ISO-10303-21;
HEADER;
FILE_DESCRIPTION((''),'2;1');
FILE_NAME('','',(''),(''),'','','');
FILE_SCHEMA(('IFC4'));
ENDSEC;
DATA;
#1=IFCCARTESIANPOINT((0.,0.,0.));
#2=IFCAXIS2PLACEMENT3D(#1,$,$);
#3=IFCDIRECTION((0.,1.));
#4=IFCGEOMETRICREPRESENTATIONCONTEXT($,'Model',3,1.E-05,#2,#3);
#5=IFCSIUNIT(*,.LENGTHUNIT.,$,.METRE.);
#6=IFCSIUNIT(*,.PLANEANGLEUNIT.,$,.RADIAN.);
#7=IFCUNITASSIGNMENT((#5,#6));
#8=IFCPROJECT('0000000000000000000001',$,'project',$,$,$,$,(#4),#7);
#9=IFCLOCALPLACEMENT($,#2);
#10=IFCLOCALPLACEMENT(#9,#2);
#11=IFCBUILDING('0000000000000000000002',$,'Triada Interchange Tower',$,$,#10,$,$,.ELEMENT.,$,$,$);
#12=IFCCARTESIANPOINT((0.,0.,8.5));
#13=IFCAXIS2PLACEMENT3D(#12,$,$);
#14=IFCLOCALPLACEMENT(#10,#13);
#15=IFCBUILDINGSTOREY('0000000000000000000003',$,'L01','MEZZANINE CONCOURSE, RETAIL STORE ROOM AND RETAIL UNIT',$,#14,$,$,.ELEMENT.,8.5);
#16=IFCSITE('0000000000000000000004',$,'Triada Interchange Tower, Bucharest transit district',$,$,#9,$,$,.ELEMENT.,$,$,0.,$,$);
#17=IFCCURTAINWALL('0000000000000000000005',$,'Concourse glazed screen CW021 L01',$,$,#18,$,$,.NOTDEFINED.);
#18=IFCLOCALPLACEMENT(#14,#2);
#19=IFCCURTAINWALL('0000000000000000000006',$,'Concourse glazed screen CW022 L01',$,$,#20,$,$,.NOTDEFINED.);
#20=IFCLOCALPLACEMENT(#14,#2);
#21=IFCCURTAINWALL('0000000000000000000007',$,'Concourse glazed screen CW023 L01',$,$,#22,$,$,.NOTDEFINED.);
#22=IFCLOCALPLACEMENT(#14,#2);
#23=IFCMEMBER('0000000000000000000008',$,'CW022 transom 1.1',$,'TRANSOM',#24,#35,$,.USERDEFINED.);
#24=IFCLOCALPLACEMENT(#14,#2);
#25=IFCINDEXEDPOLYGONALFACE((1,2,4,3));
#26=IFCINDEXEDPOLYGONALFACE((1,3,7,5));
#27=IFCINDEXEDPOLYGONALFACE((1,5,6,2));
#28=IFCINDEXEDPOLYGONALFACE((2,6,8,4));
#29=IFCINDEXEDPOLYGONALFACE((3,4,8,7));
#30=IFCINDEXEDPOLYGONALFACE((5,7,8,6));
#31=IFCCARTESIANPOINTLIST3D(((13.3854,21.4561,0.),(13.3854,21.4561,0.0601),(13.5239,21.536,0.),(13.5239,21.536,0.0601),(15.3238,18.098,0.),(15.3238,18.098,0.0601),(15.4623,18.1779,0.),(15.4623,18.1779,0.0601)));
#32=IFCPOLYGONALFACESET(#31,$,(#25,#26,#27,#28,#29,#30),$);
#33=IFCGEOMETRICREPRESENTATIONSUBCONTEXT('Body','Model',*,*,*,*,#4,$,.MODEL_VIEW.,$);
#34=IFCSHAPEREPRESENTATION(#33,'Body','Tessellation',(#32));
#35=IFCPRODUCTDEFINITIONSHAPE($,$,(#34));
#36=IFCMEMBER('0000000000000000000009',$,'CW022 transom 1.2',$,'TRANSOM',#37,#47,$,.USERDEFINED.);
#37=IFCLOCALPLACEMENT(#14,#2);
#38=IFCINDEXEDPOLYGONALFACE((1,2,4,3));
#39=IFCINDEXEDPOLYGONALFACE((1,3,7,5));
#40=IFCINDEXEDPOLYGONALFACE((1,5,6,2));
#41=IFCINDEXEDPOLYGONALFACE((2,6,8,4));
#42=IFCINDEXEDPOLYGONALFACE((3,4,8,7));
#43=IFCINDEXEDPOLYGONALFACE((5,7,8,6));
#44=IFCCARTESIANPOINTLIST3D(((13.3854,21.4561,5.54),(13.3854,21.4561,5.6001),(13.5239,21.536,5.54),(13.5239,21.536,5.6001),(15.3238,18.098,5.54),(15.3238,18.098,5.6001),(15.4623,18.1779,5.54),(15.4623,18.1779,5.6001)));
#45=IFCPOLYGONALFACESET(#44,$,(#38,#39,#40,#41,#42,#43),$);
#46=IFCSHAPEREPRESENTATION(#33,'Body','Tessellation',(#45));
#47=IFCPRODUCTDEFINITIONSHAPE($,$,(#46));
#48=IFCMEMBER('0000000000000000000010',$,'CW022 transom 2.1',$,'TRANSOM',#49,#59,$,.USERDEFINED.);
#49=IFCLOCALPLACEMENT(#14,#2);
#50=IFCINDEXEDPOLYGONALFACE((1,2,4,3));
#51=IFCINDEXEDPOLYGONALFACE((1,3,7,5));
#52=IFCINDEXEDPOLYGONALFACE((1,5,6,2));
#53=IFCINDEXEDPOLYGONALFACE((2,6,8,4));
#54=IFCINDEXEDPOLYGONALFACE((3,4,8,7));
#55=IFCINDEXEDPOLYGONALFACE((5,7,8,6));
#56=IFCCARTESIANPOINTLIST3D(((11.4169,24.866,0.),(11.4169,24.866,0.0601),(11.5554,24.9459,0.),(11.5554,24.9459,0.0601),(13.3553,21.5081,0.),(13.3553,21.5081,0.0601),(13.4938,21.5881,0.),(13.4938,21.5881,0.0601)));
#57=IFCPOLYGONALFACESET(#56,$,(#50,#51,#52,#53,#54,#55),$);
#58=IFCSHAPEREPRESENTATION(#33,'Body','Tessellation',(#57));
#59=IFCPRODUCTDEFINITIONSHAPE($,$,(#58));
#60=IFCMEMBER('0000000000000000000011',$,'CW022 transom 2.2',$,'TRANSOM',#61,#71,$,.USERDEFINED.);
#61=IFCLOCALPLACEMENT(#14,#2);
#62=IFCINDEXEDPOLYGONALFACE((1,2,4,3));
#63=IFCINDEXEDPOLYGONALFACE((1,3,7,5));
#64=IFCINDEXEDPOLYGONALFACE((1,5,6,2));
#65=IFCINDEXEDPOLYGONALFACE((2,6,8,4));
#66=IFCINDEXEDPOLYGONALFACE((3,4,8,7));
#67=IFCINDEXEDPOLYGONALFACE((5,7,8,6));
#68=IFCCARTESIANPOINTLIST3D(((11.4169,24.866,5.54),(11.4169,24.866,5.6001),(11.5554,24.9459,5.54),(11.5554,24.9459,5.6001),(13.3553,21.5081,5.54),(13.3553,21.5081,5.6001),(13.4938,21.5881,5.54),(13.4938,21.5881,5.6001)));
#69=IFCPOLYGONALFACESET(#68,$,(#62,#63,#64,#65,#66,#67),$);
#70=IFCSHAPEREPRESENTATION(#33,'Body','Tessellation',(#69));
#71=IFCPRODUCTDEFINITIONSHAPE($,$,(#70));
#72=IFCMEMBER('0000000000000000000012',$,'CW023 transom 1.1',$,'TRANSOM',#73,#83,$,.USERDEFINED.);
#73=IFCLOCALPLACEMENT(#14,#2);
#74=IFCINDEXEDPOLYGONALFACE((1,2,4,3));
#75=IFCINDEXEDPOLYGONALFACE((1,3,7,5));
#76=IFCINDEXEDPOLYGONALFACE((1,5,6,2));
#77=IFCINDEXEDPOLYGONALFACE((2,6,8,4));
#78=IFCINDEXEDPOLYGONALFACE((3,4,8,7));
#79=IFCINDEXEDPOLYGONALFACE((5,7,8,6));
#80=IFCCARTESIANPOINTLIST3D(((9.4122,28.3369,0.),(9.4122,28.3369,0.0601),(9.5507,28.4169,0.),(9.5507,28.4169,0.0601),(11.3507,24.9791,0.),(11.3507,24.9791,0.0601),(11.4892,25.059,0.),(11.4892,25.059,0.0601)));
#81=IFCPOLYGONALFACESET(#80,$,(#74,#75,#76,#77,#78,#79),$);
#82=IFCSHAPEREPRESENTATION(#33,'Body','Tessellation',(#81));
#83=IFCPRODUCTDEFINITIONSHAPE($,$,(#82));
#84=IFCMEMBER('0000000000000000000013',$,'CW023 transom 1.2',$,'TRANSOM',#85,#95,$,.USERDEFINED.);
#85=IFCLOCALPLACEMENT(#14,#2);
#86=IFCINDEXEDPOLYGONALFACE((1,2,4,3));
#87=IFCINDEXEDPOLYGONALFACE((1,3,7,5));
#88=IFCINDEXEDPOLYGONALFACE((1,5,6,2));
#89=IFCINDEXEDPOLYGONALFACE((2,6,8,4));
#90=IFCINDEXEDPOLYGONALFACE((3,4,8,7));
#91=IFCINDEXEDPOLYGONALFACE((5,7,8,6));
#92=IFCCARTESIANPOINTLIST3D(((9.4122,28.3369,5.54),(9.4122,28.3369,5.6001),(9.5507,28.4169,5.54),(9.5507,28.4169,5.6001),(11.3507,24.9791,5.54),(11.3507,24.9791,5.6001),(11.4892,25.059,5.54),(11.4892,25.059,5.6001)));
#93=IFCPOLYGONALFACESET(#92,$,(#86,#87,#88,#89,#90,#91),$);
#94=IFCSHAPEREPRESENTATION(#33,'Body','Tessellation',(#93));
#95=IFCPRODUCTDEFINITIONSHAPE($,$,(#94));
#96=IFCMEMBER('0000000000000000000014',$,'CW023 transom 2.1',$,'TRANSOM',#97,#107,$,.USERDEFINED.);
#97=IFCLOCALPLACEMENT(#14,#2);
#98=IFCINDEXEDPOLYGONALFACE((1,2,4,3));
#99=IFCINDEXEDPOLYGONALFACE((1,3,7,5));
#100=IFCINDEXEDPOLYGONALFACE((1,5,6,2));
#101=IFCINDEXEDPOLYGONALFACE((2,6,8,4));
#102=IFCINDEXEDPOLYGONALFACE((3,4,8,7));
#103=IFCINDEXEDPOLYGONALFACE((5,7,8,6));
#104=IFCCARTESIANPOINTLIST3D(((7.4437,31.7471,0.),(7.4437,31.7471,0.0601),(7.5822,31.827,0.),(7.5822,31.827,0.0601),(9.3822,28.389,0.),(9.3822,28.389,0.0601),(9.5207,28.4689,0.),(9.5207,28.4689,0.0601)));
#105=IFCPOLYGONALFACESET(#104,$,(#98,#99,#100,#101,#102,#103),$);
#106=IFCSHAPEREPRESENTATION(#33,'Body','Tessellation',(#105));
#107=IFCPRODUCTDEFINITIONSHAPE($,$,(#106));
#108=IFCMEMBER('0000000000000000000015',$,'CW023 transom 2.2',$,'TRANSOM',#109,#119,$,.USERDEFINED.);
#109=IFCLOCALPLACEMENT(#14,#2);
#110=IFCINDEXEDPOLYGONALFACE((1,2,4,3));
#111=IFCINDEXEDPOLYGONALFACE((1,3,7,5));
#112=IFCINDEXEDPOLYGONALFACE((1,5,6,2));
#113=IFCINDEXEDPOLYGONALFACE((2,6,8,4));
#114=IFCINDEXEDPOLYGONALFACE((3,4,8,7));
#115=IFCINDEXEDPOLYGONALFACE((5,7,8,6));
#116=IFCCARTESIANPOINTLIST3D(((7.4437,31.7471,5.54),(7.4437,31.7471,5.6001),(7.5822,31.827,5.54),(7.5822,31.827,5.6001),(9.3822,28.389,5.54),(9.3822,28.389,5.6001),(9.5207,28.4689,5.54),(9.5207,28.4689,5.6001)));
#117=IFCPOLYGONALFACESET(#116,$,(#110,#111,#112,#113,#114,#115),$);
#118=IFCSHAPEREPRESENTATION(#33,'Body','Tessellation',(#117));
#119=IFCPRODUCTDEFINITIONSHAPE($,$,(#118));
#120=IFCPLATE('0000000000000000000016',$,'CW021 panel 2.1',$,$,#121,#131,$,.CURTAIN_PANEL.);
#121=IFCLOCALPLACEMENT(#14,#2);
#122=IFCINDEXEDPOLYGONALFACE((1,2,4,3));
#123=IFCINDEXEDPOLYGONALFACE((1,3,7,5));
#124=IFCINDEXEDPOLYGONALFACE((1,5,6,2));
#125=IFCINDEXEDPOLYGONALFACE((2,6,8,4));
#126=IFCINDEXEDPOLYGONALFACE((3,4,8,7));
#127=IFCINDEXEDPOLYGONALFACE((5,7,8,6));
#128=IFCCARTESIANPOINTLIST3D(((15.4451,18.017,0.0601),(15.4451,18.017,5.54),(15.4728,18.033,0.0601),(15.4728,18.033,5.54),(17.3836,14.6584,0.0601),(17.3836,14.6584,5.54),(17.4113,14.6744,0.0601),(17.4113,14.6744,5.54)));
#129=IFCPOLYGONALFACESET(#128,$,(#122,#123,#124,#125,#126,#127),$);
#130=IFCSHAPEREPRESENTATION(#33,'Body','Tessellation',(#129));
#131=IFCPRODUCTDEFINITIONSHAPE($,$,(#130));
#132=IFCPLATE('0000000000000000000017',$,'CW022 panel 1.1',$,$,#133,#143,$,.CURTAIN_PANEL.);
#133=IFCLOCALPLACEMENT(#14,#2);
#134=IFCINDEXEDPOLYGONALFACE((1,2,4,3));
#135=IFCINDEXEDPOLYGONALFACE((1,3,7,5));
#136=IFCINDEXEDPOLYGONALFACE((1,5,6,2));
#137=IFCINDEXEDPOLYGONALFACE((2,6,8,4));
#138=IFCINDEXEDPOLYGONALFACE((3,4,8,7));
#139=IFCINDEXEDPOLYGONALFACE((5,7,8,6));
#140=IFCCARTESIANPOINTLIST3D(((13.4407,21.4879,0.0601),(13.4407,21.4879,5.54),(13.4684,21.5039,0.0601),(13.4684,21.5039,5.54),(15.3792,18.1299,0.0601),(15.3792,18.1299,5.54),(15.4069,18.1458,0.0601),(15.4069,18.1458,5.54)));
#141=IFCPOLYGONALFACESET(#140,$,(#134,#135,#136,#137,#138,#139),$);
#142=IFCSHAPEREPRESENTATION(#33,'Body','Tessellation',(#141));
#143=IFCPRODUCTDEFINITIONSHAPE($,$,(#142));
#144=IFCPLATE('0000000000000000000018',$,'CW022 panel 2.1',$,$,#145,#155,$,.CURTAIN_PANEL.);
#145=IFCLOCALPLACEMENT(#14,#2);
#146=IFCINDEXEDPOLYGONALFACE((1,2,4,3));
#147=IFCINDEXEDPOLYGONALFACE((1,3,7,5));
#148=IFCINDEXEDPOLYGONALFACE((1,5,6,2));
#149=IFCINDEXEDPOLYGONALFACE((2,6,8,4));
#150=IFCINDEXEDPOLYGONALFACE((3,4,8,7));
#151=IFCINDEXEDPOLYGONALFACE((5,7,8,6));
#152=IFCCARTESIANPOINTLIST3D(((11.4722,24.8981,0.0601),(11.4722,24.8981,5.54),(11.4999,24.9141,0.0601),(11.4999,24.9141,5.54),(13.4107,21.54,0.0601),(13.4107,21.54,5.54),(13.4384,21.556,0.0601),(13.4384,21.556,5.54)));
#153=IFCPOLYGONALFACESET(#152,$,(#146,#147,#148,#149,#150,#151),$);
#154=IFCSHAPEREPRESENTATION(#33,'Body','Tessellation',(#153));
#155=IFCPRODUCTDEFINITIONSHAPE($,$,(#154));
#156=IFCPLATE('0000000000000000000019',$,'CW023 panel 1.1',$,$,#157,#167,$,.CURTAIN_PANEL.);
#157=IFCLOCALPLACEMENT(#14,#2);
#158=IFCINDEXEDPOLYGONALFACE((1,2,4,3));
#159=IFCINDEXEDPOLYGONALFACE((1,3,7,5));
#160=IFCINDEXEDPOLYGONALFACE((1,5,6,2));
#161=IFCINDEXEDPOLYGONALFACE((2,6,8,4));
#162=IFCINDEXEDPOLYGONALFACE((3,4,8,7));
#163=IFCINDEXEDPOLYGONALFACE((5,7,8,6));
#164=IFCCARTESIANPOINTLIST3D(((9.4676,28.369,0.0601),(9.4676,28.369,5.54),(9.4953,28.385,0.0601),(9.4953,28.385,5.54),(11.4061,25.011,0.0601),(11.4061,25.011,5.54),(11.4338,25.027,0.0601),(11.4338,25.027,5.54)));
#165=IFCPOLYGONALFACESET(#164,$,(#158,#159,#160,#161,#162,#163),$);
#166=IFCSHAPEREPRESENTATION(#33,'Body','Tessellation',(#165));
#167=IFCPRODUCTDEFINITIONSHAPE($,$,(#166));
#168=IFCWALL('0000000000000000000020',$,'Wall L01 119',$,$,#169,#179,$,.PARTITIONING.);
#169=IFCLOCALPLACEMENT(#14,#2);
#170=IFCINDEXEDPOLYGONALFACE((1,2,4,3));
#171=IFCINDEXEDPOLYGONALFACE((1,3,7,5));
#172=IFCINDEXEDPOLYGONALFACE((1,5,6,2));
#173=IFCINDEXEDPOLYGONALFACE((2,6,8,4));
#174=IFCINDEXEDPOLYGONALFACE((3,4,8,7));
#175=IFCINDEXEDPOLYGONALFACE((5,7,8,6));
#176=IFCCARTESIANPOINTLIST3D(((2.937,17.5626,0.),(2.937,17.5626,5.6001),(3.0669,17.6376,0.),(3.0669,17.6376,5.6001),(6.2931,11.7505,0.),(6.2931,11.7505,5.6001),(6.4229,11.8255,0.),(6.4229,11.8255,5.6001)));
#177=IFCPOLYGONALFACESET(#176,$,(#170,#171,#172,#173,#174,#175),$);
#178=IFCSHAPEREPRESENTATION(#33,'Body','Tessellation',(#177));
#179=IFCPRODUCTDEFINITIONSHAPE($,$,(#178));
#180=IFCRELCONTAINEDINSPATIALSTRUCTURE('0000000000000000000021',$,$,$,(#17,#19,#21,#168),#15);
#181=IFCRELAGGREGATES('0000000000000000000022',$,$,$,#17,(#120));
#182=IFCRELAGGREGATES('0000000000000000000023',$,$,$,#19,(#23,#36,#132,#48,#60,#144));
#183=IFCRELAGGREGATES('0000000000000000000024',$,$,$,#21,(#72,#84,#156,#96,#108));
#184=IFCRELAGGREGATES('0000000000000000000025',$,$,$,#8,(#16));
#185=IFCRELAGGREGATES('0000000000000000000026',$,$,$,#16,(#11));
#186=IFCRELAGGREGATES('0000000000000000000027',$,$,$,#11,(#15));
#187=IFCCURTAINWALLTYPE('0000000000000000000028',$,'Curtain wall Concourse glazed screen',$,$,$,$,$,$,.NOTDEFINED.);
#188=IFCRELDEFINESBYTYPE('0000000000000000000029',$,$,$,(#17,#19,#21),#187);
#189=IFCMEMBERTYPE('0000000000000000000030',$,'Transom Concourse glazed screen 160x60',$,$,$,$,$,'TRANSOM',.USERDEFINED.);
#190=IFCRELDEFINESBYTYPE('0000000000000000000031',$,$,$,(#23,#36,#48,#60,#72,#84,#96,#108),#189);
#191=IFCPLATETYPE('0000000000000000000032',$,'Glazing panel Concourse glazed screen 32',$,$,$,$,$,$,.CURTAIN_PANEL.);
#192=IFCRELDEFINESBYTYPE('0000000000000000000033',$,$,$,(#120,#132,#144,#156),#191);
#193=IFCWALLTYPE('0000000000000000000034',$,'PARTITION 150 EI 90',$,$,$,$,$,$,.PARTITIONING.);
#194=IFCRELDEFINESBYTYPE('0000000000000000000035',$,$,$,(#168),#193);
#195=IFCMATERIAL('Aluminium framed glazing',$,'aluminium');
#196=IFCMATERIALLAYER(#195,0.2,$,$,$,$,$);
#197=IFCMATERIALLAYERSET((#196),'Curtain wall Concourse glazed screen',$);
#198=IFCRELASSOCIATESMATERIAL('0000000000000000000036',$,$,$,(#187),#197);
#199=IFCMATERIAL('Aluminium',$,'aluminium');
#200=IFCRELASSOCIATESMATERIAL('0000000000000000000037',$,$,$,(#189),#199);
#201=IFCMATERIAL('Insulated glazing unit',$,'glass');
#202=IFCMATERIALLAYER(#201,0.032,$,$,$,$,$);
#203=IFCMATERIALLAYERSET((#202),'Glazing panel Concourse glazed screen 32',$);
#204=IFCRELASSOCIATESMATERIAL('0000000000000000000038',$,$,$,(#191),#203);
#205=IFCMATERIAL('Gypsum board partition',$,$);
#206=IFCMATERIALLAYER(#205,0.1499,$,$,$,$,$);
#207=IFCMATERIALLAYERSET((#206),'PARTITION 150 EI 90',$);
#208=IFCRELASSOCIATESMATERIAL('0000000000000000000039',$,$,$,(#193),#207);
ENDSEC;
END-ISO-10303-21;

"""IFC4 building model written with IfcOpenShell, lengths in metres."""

from ifc_helpers import new_model, si_unit, direction, frame, frame_2d, origin, origin_2d, place, context, subcontext, project, spatial, rectangle, extrude, material, layer, layer_set, material_profile, profile_set, type_object, element, aggregate, save


model = new_model("IFC4")

# Units and contexts
model_context = context("Model", 3, precision=1e-05, world=origin(), true_north=direction((0.0, 1.0)))
body_context = subcontext(model_context, "Body", "Model", "MODEL_VIEW")
ifc_project = project(units=[si_unit("LENGTHUNIT", "METRE"), si_unit("PLANEANGLEUNIT", "RADIAN")], contexts=[model_context])

# Site, building, storey
site_placement = place(None, origin())
site = spatial("IfcSite", under=ifc_project, at=site_placement, Name="Triada Interchange Tower, Bucharest transit district", CompositionType="ELEMENT", RefElevation=0.0)
building_placement = place(site_placement, origin())
building = spatial("IfcBuilding", under=site, at=building_placement, Name="Triada Interchange Tower", CompositionType="ELEMENT")
storey_placement = place(building_placement, frame((0.0, 0.0, 8.5)))
storey = spatial("IfcBuildingStorey", under=building, at=storey_placement, Name="L01", Description="MEZZANINE CONCOURSE, RETAIL STORE ROOM AND RETAIL UNIT", CompositionType="ELEMENT", Elevation=8.5)

# Curtain wall
ifc_material_1 = material(Name="Aluminium framed glazing", Category="aluminium")
ifc_layer_1 = layer(ifc_material_1, 0.2)
ifc_layer_set_1 = layer_set([ifc_layer_1], Name="Curtain wall Concourse glazed screen")
curtain_wall_type = type_object("IfcCurtainWallType", Name="Curtain wall Concourse glazed screen", PredefinedType="NOTDEFINED", material=ifc_layer_set_1)
curtain_wall_1_placement = place(storey_placement, origin())
curtain_wall_1 = element("IfcCurtainWall", 1, at=curtain_wall_1_placement, inside=storey, type_object=curtain_wall_type, Name="Concourse glazed screen CW021 L01", PredefinedType="NOTDEFINED")
ifc_material_2 = material(Name="Aluminium", Category="aluminium")

# Curtain walls
curtain_wall_2_placement = place(storey_placement, origin())
curtain_wall_2 = element("IfcCurtainWall", 2, at=curtain_wall_2_placement, inside=storey, type_object=curtain_wall_type, Name="Concourse glazed screen CW022 L01", PredefinedType="NOTDEFINED")
curtain_wall_3_placement = place(storey_placement, origin())
curtain_wall_3 = element("IfcCurtainWall", 3, at=curtain_wall_3_placement, inside=storey, type_object=curtain_wall_type, Name="Concourse glazed screen CW023 L01", PredefinedType="NOTDEFINED")

# Members
ifc_material_profile_1 = material_profile(ifc_material_2, rectangle(XDim=0.1599, YDim=0.0601, at=origin_2d()), Name="Aluminium transom")
ifc_profile_set_1 = profile_set([ifc_material_profile_1], Name="Aluminium")
member_type_1 = type_object("IfcMemberType", Name="Transom Concourse glazed screen 160x60", ElementType="TRANSOM", PredefinedType="USERDEFINED", material=ifc_profile_set_1)
member_1_placement = place(storey_placement, frame((15.3931, 18.1379, 0.03), z_axis=(-0.499931, 0.866065, 0.0), x_axis=(-0.866065, -0.499931, 0.0)))
member_1 = element("IfcMember", 4, at=member_1_placement, type_object=member_type_1, Name="CW022 transom 1.1", ObjectType="TRANSOM", PredefinedType="USERDEFINED", context=body_context, shape_type="SweptSolid", body=[
    extrude(rectangle(XDim=0.1599, YDim=0.0601, at=origin_2d()), origin(), (0.0, 0.0, 1.0), 3.8774),
])
member_2_placement = place(storey_placement, frame((15.3931, 18.1379, 5.5701), z_axis=(-0.499931, 0.866065, 0.0), x_axis=(-0.866065, -0.499931, 0.0)))
member_2 = element("IfcMember", 5, at=member_2_placement, type_object=member_type_1, Name="CW022 transom 1.2", ObjectType="TRANSOM", PredefinedType="USERDEFINED", context=body_context, shape_type="SweptSolid", body=[
    extrude(rectangle(XDim=0.1599, YDim=0.0601, at=origin_2d()), origin(), (0.0, 0.0, 1.0), 3.8774),
])
member_3_placement = place(storey_placement, frame((13.4246, 21.5481, 0.03), z_axis=(-0.499959, 0.866049, 0.0), x_axis=(-0.866049, -0.499959, 0.0)))
member_3 = element("IfcMember", 6, at=member_3_placement, type_object=member_type_1, Name="CW022 transom 2.1", ObjectType="TRANSOM", PredefinedType="USERDEFINED", context=body_context, shape_type="SweptSolid", body=[
    extrude(rectangle(XDim=0.1599, YDim=0.0601, at=origin_2d()), origin(), (0.0, 0.0, 1.0), 3.8772),
])
member_4_placement = place(storey_placement, frame((13.4246, 21.5481, 5.5701), z_axis=(-0.499959, 0.866049, 0.0), x_axis=(-0.866049, -0.499959, 0.0)))
member_4 = element("IfcMember", 7, at=member_4_placement, type_object=member_type_1, Name="CW022 transom 2.2", ObjectType="TRANSOM", PredefinedType="USERDEFINED", context=body_context, shape_type="SweptSolid", body=[
    extrude(rectangle(XDim=0.1599, YDim=0.0601, at=origin_2d()), origin(), (0.0, 0.0, 1.0), 3.8772),
])
member_5_placement = place(storey_placement, frame((11.4199, 25.019, 0.03), z_axis=(-0.499959, 0.866049, 0.0), x_axis=(-0.866049, -0.499959, 0.0)))
member_5 = element("IfcMember", 8, at=member_5_placement, type_object=member_type_1, Name="CW023 transom 1.1", ObjectType="TRANSOM", PredefinedType="USERDEFINED", context=body_context, shape_type="SweptSolid", body=[
    extrude(rectangle(XDim=0.1599, YDim=0.0601, at=origin_2d()), origin(), (0.0, 0.0, 1.0), 3.8772),
])
member_6_placement = place(storey_placement, frame((11.4199, 25.019, 5.5701), z_axis=(-0.499959, 0.866049, 0.0), x_axis=(-0.866049, -0.499959, 0.0)))
member_6 = element("IfcMember", 9, at=member_6_placement, type_object=member_type_1, Name="CW023 transom 1.2", ObjectType="TRANSOM", PredefinedType="USERDEFINED", context=body_context, shape_type="SweptSolid", body=[
    extrude(rectangle(XDim=0.1599, YDim=0.0601, at=origin_2d()), origin(), (0.0, 0.0, 1.0), 3.8772),
])
member_7_placement = place(storey_placement, frame((9.4514, 28.429, 0.03), z_axis=(-0.499931, 0.866065, 0.0), x_axis=(-0.866065, -0.499931, 0.0)))
member_7 = element("IfcMember", 10, at=member_7_placement, type_object=member_type_1, Name="CW023 transom 2.1", ObjectType="TRANSOM", PredefinedType="USERDEFINED", context=body_context, shape_type="SweptSolid", body=[
    extrude(rectangle(XDim=0.1599, YDim=0.0601, at=origin_2d()), origin(), (0.0, 0.0, 1.0), 3.8774),
])
member_8_placement = place(storey_placement, frame((9.4514, 28.429, 5.5701), z_axis=(-0.499931, 0.866065, 0.0), x_axis=(-0.866065, -0.499931, 0.0)))
member_8 = element("IfcMember", 11, at=member_8_placement, type_object=member_type_1, Name="CW023 transom 2.2", ObjectType="TRANSOM", PredefinedType="USERDEFINED", context=body_context, shape_type="SweptSolid", body=[
    extrude(rectangle(XDim=0.1599, YDim=0.0601, at=origin_2d()), origin(), (0.0, 0.0, 1.0), 3.8774),
])

# Plates
ifc_material_3 = material(Name="Insulated glazing unit", Category="glass")
ifc_layer_2 = layer(ifc_material_3, 0.032)
ifc_layer_set_2 = layer_set([ifc_layer_2], Name="Glazing panel Concourse glazed screen 32")
plate_type = type_object("IfcPlateType", Name="Glazing panel Concourse glazed screen 32", PredefinedType="CURTAIN_PANEL", material=ifc_layer_set_2)
plate_1_placement = place(storey_placement, frame((16.4282, 16.3457, 0.0601), z_axis=(0.0, 0.0, 1.0), x_axis=(-0.499893, 0.866087, 0.0)))
plate_1 = element("IfcPlate", 12, at=plate_1_placement, type_object=plate_type, Name="CW021 panel 2.1", PredefinedType="CURTAIN_PANEL", context=body_context, shape_type="SweptSolid", body=[
    extrude(rectangle(XDim=3.8779, YDim=0.032, at=origin_2d()), origin(), (0.0, 0.0, 1.0), 5.48),
])
aggregate(curtain_wall_1, [plate_1])
plate_2_placement = place(storey_placement, frame((14.4238, 19.8169, 0.0601), z_axis=(0.0, 0.0, 1.0), x_axis=(-0.499948, 0.866055, 0.0)))
plate_2 = element("IfcPlate", 13, at=plate_2_placement, type_object=plate_type, Name="CW022 panel 1.1", PredefinedType="CURTAIN_PANEL", context=body_context, shape_type="SweptSolid", body=[
    extrude(rectangle(XDim=3.8774, YDim=0.032, at=origin_2d()), origin(), (0.0, 0.0, 1.0), 5.48),
])
plate_3_placement = place(storey_placement, frame((12.4553, 23.2271, 0.0601), z_axis=(0.0, 0.0, 1.0), x_axis=(-0.499948, 0.866055, 0.0)))
plate_3 = element("IfcPlate", 14, at=plate_3_placement, type_object=plate_type, Name="CW022 panel 2.1", PredefinedType="CURTAIN_PANEL", context=body_context, shape_type="SweptSolid", body=[
    extrude(rectangle(XDim=3.8774, YDim=0.032, at=origin_2d()), origin(), (0.0, 0.0, 1.0), 5.48),
])
aggregate(curtain_wall_2, [member_1, member_2, plate_2, member_3, member_4, plate_3])
plate_4_placement = place(storey_placement, frame((10.4507, 26.698, 0.0601), z_axis=(0.0, 0.0, 1.0), x_axis=(-0.499948, 0.866055, 0.0)))
plate_4 = element("IfcPlate", 15, at=plate_4_placement, type_object=plate_type, Name="CW023 panel 1.1", PredefinedType="CURTAIN_PANEL", context=body_context, shape_type="SweptSolid", body=[
    extrude(rectangle(XDim=3.8774, YDim=0.032, at=origin_2d()), origin(), (0.0, 0.0, 1.0), 5.48),
])
aggregate(curtain_wall_3, [member_5, member_6, plate_4, member_7, member_8])

# Wall
ifc_material_4 = material(Name="Gypsum board partition")
ifc_layer_3 = layer(ifc_material_4, 0.1499)
ifc_layer_set_3 = layer_set([ifc_layer_3], Name="PARTITION 150 EI 90")
wall_type_1 = type_object("IfcWallType", Name="PARTITION 150 EI 90", PredefinedType="PARTITIONING", material=ifc_layer_set_3)
wall_1_placement = place(storey_placement, frame((3.002, 17.6001, 0.0), z_axis=(0.0, 0.0, 1.0), x_axis=(0.500044, -0.866, 0.0)))
element("IfcWall", 16, at=wall_1_placement, inside=storey, type_object=wall_type_1, Name="Wall L01 119", PredefinedType="PARTITIONING", context=body_context, shape_type="SweptSolid", body=[
    extrude(rectangle(XDim=6.7114, YDim=0.1499, at=frame_2d((3.3557, 0.0))), origin(), (0.0, 0.0, 1.0), 5.6001),
])

save(model, "model.ifc")
